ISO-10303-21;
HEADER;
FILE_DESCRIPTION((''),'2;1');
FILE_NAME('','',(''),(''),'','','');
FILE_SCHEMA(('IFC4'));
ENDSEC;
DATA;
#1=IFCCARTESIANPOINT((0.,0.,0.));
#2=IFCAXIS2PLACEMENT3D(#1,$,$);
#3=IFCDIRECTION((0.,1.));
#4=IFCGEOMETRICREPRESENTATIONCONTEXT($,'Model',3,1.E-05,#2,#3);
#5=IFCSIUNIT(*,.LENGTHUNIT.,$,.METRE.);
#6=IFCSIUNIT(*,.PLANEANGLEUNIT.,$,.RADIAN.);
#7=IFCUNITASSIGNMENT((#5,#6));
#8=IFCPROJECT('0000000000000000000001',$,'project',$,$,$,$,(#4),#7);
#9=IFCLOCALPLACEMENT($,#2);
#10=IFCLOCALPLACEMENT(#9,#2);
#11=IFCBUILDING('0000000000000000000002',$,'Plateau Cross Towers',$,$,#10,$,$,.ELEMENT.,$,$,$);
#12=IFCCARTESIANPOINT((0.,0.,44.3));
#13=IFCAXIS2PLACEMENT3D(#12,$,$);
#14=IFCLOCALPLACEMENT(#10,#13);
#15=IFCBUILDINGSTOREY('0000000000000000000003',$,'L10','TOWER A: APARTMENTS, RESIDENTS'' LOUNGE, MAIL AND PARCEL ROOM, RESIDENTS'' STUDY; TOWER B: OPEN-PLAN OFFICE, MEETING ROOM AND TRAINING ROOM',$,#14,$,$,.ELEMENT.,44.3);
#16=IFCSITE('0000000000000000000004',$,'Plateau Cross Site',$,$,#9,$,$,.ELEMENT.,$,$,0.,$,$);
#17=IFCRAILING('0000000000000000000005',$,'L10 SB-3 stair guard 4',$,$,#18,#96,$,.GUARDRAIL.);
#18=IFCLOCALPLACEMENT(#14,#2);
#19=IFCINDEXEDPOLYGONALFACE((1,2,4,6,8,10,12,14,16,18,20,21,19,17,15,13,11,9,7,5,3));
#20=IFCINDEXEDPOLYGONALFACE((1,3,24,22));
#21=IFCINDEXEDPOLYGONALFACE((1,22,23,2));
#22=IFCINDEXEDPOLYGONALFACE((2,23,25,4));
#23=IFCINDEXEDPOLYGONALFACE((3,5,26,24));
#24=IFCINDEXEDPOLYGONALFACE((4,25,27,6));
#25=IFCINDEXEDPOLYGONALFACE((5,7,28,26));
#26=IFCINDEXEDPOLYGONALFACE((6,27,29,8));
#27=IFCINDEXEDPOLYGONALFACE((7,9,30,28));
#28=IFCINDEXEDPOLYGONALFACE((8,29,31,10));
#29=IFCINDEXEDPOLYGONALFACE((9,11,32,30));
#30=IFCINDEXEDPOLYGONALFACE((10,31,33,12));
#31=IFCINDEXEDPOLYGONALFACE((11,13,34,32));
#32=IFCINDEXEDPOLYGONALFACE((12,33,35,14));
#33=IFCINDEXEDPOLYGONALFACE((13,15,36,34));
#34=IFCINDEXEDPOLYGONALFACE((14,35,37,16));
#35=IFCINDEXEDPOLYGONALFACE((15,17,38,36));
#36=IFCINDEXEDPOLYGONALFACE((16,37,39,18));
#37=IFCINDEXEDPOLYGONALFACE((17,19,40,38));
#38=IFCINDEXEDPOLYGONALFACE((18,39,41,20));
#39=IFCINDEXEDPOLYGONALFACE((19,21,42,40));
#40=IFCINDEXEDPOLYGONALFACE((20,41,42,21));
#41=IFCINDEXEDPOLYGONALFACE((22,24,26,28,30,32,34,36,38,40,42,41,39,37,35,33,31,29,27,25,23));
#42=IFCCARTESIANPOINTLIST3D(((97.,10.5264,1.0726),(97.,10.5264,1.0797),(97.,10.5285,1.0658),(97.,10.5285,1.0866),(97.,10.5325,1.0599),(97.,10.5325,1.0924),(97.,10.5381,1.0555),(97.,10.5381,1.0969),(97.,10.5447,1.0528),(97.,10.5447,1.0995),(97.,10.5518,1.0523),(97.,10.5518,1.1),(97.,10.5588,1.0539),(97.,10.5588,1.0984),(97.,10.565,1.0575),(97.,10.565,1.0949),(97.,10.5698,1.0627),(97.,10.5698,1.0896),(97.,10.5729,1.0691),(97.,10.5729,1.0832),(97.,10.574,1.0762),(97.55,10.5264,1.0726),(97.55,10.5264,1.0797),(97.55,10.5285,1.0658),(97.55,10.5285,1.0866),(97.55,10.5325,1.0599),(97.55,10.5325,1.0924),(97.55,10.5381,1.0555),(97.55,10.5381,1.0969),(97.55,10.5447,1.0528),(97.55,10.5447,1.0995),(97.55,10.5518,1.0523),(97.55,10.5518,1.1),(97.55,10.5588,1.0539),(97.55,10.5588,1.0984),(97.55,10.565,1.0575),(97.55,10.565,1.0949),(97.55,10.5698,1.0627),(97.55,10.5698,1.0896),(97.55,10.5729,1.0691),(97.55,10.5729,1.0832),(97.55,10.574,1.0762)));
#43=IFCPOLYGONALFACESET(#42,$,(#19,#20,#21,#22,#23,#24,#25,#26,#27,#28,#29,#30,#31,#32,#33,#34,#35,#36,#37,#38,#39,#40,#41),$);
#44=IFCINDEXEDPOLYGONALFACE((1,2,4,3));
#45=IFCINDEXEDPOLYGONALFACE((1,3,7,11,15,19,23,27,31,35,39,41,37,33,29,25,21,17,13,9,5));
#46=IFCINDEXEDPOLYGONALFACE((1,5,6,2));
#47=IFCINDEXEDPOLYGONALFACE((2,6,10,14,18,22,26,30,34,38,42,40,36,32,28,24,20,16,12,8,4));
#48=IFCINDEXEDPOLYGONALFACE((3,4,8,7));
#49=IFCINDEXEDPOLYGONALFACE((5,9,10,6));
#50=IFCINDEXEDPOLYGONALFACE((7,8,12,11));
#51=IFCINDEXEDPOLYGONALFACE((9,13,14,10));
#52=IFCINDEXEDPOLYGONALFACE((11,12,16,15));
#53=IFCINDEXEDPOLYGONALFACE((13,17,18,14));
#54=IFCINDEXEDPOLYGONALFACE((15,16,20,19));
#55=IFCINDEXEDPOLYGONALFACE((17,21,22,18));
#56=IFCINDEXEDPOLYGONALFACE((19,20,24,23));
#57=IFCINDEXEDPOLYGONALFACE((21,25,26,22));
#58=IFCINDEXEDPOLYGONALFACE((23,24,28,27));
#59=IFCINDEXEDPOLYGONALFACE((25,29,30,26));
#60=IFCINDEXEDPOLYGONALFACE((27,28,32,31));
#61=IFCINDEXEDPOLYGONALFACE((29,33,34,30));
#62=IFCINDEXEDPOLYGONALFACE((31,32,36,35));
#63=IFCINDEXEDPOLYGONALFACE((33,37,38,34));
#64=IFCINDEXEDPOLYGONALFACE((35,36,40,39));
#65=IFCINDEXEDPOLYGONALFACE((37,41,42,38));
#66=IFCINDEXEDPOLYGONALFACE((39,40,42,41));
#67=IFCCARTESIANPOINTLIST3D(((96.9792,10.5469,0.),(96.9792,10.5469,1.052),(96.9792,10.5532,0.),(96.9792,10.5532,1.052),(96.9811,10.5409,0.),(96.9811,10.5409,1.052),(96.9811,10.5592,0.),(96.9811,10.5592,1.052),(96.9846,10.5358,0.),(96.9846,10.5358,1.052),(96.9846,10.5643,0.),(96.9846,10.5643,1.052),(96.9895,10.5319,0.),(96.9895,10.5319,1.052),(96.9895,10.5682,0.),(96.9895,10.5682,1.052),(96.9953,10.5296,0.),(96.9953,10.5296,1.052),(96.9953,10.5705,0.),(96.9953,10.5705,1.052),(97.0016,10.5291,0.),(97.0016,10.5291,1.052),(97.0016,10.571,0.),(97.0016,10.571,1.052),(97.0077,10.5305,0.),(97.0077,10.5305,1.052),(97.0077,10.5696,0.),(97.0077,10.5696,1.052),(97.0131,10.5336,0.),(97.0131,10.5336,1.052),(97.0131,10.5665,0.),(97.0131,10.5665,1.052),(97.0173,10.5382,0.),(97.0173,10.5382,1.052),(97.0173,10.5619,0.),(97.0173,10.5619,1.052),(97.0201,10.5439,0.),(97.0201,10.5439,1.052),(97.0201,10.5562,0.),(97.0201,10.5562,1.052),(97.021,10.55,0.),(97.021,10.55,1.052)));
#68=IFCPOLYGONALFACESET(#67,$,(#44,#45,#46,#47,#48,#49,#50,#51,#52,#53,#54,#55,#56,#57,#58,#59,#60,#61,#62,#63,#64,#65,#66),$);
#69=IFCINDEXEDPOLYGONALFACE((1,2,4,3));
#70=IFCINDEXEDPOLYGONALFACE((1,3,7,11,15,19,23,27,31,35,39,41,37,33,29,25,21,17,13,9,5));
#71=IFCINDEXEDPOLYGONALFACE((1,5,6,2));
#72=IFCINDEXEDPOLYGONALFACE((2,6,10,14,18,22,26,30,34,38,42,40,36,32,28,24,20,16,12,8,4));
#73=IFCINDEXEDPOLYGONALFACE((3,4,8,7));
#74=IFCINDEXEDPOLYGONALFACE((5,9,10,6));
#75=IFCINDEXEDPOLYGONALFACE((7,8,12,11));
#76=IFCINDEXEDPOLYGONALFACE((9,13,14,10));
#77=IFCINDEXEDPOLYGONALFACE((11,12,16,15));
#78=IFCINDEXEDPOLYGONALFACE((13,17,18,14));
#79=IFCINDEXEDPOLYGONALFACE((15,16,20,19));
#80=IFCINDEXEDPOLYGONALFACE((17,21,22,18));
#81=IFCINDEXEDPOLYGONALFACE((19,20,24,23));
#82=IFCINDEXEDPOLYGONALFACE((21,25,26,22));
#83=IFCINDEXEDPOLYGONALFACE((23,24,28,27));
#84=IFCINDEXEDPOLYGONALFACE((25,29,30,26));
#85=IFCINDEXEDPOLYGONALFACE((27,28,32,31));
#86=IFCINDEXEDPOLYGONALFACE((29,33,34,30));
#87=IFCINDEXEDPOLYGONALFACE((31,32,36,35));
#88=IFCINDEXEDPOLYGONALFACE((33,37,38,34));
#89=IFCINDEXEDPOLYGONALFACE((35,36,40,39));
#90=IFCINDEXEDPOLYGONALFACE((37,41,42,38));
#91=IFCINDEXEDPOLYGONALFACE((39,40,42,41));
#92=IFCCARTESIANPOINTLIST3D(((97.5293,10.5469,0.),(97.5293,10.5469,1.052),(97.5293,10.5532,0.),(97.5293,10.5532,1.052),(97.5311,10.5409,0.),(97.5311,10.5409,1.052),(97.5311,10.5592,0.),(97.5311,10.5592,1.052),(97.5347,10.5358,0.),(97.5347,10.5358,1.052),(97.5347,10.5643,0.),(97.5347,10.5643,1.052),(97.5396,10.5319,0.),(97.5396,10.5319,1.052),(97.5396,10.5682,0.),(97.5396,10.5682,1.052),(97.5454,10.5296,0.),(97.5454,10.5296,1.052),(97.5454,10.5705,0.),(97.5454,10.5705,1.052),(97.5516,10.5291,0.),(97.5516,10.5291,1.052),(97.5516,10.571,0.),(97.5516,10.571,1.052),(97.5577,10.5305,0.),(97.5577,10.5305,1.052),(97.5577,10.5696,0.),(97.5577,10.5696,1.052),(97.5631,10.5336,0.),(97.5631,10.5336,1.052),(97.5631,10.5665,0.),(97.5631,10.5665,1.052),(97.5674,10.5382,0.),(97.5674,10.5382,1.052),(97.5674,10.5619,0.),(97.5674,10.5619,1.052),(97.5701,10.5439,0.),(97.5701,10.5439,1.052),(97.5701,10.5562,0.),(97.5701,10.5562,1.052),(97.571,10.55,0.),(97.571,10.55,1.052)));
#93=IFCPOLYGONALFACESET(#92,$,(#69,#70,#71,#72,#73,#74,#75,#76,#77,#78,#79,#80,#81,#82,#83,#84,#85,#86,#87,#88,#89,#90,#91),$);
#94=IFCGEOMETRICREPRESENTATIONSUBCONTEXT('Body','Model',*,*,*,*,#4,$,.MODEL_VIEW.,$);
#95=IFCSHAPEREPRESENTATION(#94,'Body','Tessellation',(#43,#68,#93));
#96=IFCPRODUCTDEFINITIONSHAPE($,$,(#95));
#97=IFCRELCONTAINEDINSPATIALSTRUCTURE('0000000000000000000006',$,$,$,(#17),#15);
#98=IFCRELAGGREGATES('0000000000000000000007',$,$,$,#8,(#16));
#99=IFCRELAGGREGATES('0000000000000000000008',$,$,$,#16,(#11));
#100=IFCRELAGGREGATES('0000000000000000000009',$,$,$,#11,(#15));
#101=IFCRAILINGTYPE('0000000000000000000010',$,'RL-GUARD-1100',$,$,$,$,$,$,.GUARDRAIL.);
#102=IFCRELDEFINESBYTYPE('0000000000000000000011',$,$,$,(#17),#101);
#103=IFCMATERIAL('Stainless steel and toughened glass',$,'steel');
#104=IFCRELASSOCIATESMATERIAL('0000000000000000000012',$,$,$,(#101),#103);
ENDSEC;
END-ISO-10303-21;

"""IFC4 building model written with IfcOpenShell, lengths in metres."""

from ifc_helpers import new_model, si_unit, direction, frame, origin, origin_2d, place, context, subcontext, project, spatial, circle, extrude, material, type_object, element, save


model = new_model("IFC4")

# Units and contexts
model_context = context("Model", 3, precision=1e-05, world=origin(), true_north=direction((0.0, 1.0)))
body_context = subcontext(model_context, "Body", "Model", "MODEL_VIEW")
ifc_project = project(units=[si_unit("LENGTHUNIT", "METRE"), si_unit("PLANEANGLEUNIT", "RADIAN")], contexts=[model_context])

# Site, building, storey
site_placement = place(None, origin())
site = spatial("IfcSite", under=ifc_project, at=site_placement, Name="Plateau Cross Site", CompositionType="ELEMENT", RefElevation=0.0)
building_placement = place(site_placement, origin())
building = spatial("IfcBuilding", under=site, at=building_placement, Name="Plateau Cross Towers", CompositionType="ELEMENT")
storey_placement = place(building_placement, frame((0.0, 0.0, 44.3)))
storey = spatial("IfcBuildingStorey", under=building, at=storey_placement, Name="L10", Description="TOWER A: APARTMENTS, RESIDENTS' LOUNGE, MAIL AND PARCEL ROOM, RESIDENTS' STUDY; TOWER B: OPEN-PLAN OFFICE, MEETING ROOM AND TRAINING ROOM", CompositionType="ELEMENT", Elevation=44.3)

# Railing
ifc_material_1 = material(Name="Stainless steel and toughened glass", Category="steel")
railing_type_1 = type_object("IfcRailingType", Name="RL-GUARD-1100", PredefinedType="GUARDRAIL", material=ifc_material_1)
railing_1_placement = place(storey_placement, frame((97.0, 10.55, 0.0)))
element("IfcRailing", 1, at=railing_1_placement, inside=storey, type_object=railing_type_1, Name="L10 SB-3 stair guard 4", PredefinedType="GUARDRAIL", context=body_context, shape_type="SweptSolid", body=[
    extrude(circle(Radius=0.0239, at=origin_2d()), frame((0.0, 0.0, 1.0762), z_axis=(1.0, 0.0, 0.0), x_axis=(0.0, 1.0, 0.0)), (0.0, 0.0, 1.0), 0.55),
    extrude(circle(Radius=0.021, at=origin_2d()), origin(), (0.0, 0.0, 1.0), 1.052),
    extrude(circle(Radius=0.021, at=origin_2d()), frame((0.55, 0.0, 0.0)), (0.0, 0.0, 1.0), 1.052),
])

save(model, "model.ifc")
